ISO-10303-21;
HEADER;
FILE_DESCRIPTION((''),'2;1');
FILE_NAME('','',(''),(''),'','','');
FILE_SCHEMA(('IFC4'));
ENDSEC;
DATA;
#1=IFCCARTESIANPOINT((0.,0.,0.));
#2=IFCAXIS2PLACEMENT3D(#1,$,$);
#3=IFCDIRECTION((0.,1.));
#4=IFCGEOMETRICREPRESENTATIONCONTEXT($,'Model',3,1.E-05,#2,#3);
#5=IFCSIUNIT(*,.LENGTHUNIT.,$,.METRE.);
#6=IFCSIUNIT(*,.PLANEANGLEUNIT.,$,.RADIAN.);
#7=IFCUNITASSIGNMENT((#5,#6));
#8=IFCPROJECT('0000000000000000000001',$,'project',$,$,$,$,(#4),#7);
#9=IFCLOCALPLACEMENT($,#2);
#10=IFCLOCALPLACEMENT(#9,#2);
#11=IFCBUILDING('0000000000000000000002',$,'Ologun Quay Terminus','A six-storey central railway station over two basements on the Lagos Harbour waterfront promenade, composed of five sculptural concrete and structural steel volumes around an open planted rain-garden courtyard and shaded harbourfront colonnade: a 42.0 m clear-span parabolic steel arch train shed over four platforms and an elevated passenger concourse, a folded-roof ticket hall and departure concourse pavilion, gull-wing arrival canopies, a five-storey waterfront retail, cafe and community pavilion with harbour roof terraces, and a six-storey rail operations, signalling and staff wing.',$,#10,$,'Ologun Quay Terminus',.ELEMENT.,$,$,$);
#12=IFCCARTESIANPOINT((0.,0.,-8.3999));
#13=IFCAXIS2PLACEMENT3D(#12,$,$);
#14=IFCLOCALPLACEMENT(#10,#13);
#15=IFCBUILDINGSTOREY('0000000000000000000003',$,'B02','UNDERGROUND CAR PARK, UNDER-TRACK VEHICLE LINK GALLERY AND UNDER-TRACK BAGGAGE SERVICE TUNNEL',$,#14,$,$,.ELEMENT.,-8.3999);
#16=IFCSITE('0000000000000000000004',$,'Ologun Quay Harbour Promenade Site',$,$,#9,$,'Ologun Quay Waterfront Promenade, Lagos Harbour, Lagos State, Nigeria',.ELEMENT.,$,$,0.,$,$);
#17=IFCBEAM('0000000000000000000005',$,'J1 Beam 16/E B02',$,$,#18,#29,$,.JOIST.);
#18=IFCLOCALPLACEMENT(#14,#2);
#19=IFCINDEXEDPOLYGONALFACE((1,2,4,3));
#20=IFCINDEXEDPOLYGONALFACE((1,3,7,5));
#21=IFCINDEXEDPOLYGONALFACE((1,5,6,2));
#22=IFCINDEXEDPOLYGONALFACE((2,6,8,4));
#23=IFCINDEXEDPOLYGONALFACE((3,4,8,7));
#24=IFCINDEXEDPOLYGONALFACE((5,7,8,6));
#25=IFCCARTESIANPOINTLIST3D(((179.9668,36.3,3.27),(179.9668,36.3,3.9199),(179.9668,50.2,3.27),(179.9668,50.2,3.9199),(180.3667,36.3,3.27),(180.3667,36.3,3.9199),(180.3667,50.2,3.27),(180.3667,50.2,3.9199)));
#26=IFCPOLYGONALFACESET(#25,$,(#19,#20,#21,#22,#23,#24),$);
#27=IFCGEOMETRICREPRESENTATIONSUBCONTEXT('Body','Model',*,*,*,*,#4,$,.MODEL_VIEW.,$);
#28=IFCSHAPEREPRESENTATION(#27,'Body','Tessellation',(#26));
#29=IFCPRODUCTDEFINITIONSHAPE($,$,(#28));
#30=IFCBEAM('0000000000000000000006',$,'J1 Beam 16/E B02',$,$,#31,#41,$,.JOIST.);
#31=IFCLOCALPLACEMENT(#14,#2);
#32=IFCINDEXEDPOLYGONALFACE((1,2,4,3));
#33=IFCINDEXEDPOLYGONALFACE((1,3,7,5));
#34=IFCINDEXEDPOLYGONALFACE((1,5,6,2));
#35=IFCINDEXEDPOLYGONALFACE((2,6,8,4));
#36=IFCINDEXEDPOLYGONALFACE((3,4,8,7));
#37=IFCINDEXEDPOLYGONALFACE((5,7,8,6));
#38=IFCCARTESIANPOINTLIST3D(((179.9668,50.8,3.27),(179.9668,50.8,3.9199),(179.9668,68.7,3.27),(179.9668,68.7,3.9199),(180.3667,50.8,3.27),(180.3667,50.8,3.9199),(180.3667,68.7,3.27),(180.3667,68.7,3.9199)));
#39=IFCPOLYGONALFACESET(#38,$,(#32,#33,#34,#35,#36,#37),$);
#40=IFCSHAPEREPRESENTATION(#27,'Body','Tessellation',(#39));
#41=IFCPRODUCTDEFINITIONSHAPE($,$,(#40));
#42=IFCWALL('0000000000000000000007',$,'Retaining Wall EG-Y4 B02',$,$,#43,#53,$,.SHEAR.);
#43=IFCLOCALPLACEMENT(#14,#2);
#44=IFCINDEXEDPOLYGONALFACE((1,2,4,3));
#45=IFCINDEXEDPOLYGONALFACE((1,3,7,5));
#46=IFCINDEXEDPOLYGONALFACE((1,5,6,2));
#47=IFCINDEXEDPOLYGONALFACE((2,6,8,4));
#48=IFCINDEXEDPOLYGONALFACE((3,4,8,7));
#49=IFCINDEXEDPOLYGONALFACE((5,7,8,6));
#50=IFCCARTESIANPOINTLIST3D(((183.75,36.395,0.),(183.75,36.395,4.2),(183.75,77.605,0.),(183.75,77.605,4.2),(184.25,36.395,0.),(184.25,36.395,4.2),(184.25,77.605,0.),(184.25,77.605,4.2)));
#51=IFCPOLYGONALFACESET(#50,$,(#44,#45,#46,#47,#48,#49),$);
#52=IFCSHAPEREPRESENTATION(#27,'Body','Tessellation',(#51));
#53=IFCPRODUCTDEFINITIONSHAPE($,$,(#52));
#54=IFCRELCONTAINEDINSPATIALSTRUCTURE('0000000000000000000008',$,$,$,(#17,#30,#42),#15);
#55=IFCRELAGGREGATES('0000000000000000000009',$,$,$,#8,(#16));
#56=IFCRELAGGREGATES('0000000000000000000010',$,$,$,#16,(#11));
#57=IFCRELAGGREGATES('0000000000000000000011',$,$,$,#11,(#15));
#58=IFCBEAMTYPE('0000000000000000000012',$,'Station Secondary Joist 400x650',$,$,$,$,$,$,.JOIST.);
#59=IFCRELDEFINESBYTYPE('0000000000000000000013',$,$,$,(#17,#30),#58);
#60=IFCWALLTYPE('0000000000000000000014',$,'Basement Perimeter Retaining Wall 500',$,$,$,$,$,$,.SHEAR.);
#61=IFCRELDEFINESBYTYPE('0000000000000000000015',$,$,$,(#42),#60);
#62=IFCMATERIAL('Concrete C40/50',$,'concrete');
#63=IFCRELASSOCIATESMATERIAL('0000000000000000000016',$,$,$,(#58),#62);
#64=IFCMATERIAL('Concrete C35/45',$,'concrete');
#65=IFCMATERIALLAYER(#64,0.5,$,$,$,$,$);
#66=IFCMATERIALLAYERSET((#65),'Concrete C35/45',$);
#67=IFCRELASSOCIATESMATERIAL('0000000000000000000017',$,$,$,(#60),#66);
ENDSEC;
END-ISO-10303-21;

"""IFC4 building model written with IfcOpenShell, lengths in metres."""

from ifc_helpers import new_model, si_unit, direction, frame, frame_2d, origin, origin_2d, place, context, subcontext, project, spatial, rectangle, extrude, material, layer, layer_set, material_profile, profile_set, type_object, element, save


model = new_model("IFC4")

# Units and contexts
model_context = context("Model", 3, precision=1e-05, world=origin(), true_north=direction((0.0, 1.0)))
body_context = subcontext(model_context, "Body", "Model", "MODEL_VIEW")
ifc_project = project(units=[si_unit("LENGTHUNIT", "METRE"), si_unit("PLANEANGLEUNIT", "RADIAN")], contexts=[model_context])

# Site, building, storey
site_placement = place(None, origin())
site = spatial("IfcSite", under=ifc_project, at=site_placement, Name="Ologun Quay Harbour Promenade Site", LongName="Ologun Quay Waterfront Promenade, Lagos Harbour, Lagos State, Nigeria", CompositionType="ELEMENT", RefElevation=0.0)
building_placement = place(site_placement, origin())
building = spatial("IfcBuilding", under=site, at=building_placement, Name="Ologun Quay Terminus", Description="A six-storey central railway station over two basements on the Lagos Harbour waterfront promenade, composed of five sculptural concrete and structural steel volumes around an open planted rain-garden courtyard and shaded harbourfront colonnade: a 42.0 m clear-span parabolic steel arch train shed over four platforms and an elevated passenger concourse, a folded-roof ticket hall and departure concourse pavilion, gull-wing arrival canopies, a five-storey waterfront retail, cafe and community pavilion with harbour roof terraces, and a six-storey rail operations, signalling and staff wing.", LongName="Ologun Quay Terminus", CompositionType="ELEMENT")
storey_placement = place(building_placement, frame((0.0, 0.0, -8.3999)))
storey = spatial("IfcBuildingStorey", under=building, at=storey_placement, Name="B02", Description="UNDERGROUND CAR PARK, UNDER-TRACK VEHICLE LINK GALLERY AND UNDER-TRACK BAGGAGE SERVICE TUNNEL", CompositionType="ELEMENT", Elevation=-8.3999)

# Beams
ifc_material_1 = material(Name="Concrete C40/50", Category="concrete")
ifc_material_profile_1 = material_profile(ifc_material_1, rectangle(XDim=0.3999, YDim=0.6499, at=origin_2d()), Name="RC 400x650")
ifc_profile_set_1 = profile_set([ifc_material_profile_1], Name="Concrete C40/50")
beam_type_1 = type_object("IfcBeamType", Name="Station Secondary Joist 400x650", PredefinedType="JOIST", material=ifc_profile_set_1)
beam_1_placement = place(storey_placement, frame((180.1667, 36.3, 3.595), z_axis=(0.0, 1.0, 0.0), x_axis=(-1.0, 0.0, 0.0)))
element("IfcBeam", 1, at=beam_1_placement, inside=storey, type_object=beam_type_1, Name="J1 Beam 16/E B02", PredefinedType="JOIST", context=body_context, shape_type="SweptSolid", body=[
    extrude(rectangle(XDim=0.3999, YDim=0.6499, at=origin_2d()), origin(), (0.0, 0.0, 1.0), 13.8999),
])
beam_2_placement = place(storey_placement, frame((180.1667, 50.8, 3.595), z_axis=(0.0, 1.0, 0.0), x_axis=(-1.0, 0.0, 0.0)))
element("IfcBeam", 2, at=beam_2_placement, inside=storey, type_object=beam_type_1, Name="J1 Beam 16/E B02", PredefinedType="JOIST", context=body_context, shape_type="SweptSolid", body=[
    extrude(rectangle(XDim=0.3999, YDim=0.6499, at=origin_2d()), origin(), (0.0, 0.0, 1.0), 17.8999),
])

# Wall
ifc_material_2 = material(Name="Concrete C35/45", Category="concrete")
ifc_layer = layer(ifc_material_2, 0.5)
ifc_layer_set = layer_set([ifc_layer], Name="Concrete C35/45")
wall_type = type_object("IfcWallType", Name="Basement Perimeter Retaining Wall 500", PredefinedType="SHEAR", material=ifc_layer_set)
wall_placement = place(storey_placement, frame((184.0, 36.395, 0.0), z_axis=(0.0, 0.0, 1.0), x_axis=(0.0, 1.0, 0.0)))
element("IfcWall", 3, at=wall_placement, inside=storey, type_object=wall_type, Name="Retaining Wall EG-Y4 B02", PredefinedType="SHEAR", context=body_context, shape_type="SweptSolid", body=[
    extrude(rectangle(XDim=41.21, YDim=0.5, at=frame_2d((20.605, 0.0))), origin(), (0.0, 0.0, 1.0), 4.2),
])

save(model, "model.ifc")
